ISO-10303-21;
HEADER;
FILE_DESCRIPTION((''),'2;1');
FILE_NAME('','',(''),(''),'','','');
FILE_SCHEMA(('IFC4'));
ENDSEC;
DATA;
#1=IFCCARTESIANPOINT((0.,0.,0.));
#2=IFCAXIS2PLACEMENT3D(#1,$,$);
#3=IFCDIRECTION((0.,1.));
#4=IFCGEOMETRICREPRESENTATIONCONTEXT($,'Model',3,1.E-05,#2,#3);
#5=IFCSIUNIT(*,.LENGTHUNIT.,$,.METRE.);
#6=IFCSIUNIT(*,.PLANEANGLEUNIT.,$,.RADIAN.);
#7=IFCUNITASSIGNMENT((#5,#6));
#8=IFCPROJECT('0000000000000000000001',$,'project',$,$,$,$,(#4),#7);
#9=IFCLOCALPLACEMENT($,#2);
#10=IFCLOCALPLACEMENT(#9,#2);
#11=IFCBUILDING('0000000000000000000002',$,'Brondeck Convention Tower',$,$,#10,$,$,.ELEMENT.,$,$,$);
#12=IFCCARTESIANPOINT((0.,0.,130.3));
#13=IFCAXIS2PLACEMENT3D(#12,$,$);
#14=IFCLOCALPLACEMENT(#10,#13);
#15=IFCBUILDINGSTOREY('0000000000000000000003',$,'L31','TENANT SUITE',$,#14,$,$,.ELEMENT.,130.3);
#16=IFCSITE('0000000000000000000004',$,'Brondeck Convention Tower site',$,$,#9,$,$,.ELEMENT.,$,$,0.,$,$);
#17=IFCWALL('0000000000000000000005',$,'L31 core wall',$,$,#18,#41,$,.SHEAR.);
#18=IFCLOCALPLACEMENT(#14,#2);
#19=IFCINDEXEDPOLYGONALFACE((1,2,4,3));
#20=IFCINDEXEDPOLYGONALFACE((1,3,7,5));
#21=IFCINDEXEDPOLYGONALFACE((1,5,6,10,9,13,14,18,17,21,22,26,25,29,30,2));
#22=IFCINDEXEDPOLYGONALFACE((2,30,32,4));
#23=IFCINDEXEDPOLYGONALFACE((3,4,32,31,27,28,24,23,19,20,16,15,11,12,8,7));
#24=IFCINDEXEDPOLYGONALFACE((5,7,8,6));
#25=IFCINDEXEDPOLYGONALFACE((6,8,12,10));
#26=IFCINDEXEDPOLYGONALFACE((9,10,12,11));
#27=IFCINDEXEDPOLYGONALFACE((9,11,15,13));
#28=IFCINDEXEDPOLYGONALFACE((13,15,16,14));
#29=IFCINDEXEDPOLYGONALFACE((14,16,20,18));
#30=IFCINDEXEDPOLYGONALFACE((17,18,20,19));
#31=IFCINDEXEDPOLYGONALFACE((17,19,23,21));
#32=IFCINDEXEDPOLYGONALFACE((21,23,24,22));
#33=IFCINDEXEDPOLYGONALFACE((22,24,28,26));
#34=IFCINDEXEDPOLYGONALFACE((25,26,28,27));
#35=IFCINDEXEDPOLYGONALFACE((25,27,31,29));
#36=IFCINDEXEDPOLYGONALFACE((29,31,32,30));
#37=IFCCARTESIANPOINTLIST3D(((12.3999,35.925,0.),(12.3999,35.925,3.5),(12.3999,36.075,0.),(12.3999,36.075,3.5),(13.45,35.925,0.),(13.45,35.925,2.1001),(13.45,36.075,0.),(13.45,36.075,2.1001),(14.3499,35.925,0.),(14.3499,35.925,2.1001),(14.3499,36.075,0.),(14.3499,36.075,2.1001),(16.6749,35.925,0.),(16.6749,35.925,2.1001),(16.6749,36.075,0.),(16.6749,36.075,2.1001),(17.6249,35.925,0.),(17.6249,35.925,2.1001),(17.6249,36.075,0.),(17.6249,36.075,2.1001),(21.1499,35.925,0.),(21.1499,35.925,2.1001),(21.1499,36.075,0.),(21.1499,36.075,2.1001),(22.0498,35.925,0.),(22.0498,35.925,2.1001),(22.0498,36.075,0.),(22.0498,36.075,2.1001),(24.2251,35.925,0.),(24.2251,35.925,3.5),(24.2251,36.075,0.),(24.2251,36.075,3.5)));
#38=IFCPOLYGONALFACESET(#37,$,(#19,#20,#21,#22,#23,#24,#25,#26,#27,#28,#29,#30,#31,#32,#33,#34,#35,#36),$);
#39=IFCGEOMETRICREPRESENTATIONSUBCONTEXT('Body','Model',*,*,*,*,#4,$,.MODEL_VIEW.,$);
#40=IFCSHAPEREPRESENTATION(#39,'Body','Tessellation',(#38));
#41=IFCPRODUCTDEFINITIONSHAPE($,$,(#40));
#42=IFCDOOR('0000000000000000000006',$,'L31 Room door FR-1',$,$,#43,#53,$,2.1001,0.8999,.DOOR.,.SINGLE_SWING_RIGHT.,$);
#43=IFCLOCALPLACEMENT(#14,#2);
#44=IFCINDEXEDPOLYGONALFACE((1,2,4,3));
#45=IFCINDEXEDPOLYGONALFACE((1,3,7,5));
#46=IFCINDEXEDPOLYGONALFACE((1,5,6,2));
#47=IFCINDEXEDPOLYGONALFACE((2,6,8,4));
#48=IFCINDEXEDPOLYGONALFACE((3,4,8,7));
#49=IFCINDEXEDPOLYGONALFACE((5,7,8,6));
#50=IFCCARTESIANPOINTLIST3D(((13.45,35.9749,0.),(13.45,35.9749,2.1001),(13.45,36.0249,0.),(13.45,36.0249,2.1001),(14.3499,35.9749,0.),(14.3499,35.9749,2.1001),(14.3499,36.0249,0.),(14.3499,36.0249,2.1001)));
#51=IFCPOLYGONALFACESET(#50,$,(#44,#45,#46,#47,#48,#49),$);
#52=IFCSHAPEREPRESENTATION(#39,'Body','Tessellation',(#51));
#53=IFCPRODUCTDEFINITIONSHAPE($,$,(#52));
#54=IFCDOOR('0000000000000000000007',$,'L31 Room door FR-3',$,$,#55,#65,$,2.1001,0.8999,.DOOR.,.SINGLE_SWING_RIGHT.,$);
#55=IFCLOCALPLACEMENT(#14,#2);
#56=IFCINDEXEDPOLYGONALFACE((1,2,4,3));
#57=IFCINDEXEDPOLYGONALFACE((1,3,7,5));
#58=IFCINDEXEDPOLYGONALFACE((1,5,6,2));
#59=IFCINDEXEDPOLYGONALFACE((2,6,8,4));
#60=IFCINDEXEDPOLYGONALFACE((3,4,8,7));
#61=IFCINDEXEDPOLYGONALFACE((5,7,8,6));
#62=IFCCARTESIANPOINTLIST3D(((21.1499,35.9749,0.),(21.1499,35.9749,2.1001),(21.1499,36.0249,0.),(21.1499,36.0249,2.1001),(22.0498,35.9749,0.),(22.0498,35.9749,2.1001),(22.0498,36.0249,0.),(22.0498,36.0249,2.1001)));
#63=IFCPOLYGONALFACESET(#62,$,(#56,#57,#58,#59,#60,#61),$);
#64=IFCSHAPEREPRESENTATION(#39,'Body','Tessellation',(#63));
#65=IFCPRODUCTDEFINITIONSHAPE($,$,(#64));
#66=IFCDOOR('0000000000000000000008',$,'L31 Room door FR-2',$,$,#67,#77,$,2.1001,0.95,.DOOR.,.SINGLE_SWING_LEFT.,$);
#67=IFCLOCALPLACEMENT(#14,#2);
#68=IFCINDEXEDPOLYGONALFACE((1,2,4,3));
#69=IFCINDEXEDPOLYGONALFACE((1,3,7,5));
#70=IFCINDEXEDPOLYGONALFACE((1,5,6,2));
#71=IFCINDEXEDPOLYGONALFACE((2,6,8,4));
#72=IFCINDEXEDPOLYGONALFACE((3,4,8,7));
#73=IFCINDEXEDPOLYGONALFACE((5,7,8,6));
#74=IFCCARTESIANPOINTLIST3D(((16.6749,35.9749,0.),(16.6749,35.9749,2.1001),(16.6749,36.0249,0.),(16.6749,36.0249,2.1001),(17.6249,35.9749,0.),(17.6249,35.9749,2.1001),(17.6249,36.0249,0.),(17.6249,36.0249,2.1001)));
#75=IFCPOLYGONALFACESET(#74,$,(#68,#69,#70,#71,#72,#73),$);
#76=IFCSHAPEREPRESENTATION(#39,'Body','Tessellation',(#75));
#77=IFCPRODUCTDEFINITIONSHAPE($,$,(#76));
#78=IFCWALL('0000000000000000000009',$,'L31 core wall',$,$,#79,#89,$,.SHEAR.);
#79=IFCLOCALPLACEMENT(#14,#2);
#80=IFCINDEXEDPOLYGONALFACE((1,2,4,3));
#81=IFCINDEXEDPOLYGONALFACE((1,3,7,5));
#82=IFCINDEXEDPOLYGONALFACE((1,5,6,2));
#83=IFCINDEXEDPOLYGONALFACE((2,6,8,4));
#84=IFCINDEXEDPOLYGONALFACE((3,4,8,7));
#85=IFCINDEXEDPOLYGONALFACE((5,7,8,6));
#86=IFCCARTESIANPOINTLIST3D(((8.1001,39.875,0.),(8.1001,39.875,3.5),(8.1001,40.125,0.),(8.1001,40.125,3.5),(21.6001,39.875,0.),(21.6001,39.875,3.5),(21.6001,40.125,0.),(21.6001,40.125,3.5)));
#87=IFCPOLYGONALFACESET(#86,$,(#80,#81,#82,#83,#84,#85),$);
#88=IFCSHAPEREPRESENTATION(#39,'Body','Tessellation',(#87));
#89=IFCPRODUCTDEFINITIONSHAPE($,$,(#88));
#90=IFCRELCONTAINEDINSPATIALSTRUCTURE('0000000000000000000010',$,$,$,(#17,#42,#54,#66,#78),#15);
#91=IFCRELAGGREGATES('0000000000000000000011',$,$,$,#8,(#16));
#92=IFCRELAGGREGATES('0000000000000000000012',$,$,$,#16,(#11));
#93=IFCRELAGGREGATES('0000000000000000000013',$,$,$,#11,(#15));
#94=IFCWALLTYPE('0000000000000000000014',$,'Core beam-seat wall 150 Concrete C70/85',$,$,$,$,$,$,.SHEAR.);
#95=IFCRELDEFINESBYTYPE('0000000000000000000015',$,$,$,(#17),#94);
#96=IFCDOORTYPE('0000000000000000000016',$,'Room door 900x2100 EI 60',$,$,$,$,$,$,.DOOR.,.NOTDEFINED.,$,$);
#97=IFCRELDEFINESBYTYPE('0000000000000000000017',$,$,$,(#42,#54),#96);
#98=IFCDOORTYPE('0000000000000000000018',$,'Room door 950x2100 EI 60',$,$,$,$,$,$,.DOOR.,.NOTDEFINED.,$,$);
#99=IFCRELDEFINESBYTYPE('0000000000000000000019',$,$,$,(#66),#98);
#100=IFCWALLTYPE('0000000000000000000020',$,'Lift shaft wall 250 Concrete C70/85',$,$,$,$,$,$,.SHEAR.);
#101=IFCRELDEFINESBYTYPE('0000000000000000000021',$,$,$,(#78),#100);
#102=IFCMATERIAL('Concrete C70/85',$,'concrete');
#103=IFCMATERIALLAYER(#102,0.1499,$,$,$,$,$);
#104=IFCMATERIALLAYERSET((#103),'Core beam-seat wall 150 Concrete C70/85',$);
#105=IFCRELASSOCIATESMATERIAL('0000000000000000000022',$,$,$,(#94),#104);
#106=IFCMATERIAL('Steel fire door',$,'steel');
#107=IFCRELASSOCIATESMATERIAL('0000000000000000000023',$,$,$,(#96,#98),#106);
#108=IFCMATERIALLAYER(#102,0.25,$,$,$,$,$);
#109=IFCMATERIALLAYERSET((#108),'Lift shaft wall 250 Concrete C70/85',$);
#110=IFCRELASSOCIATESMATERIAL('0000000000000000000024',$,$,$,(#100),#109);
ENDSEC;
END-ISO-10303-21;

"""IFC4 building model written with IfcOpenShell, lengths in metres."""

from ifc_helpers import new_model, si_unit, direction, frame, frame_2d, origin, place, context, subcontext, project, spatial, rectangle, extrude, material, layer, layer_set, type_object, element, fill, save


model = new_model("IFC4")

# Units and contexts
model_context = context("Model", 3, precision=1e-05, world=origin(), true_north=direction((0.0, 1.0)))
body_context = subcontext(model_context, "Body", "Model", "MODEL_VIEW")
ifc_project = project(units=[si_unit("LENGTHUNIT", "METRE"), si_unit("PLANEANGLEUNIT", "RADIAN")], contexts=[model_context])

# Site, building, storey
site_placement = place(None, origin())
site = spatial("IfcSite", under=ifc_project, at=site_placement, Name="Brondeck Convention Tower site", CompositionType="ELEMENT", RefElevation=0.0)
building_placement = place(site_placement, origin())
building = spatial("IfcBuilding", under=site, at=building_placement, Name="Brondeck Convention Tower", CompositionType="ELEMENT")
storey_placement = place(building_placement, frame((0.0, 0.0, 130.3)))
storey = spatial("IfcBuildingStorey", under=building, at=storey_placement, Name="L31", Description="TENANT SUITE", CompositionType="ELEMENT", Elevation=130.3)

# Wall, openings, doors
ifc_material_1 = material(Name="Concrete C70/85", Category="concrete")
ifc_layer_1 = layer(ifc_material_1, 0.1499)
ifc_layer_set_1 = layer_set([ifc_layer_1], Name="Core beam-seat wall 150 Concrete C70/85")
wall_type_1 = type_object("IfcWallType", Name="Core beam-seat wall 150 Concrete C70/85", PredefinedType="SHEAR", material=ifc_layer_set_1)
wall_1_placement = place(storey_placement, frame((12.3999, 36.0, 0.0), z_axis=(0.0, 0.0, 1.0), x_axis=(1.0, 0.0, 0.0)))
wall_1 = element("IfcWall", 1, at=wall_1_placement, inside=storey, type_object=wall_type_1, Name="L31 core wall", PredefinedType="SHEAR", context=body_context, shape_type="SweptSolid", body=[
    extrude(rectangle(XDim=11.8252, YDim=0.1499, at=frame_2d((5.9126, 0.0))), origin(), (0.0, 0.0, 1.0), 3.5),
])
opening_1_placement = place(wall_1_placement, frame((1.05, 0.0, 0.0)))
opening_1 = element("IfcOpeningElement", 2, at=opening_1_placement, cuts=wall_1, PredefinedType="OPENING", context=body_context, shape_type="SweptSolid", body=[
    extrude(rectangle(XDim=0.8999, YDim=2.1001, at=frame_2d((0.45, 1.05))), frame((0.0, 0.085, 0.0), z_axis=(0.0, -1.0, 0.0), x_axis=(1.0, 0.0, 0.0)), (0.0, 0.0, 1.0), 0.1699),
])
opening_2_placement = place(wall_1_placement, frame((4.2749, 0.0, 0.0)))
opening_2 = element("IfcOpeningElement", 3, at=opening_2_placement, cuts=wall_1, PredefinedType="OPENING", context=body_context, shape_type="SweptSolid", body=[
    extrude(rectangle(XDim=0.95, YDim=2.1001, at=frame_2d((0.4751, 1.05))), frame((0.0, 0.085, 0.0), z_axis=(0.0, -1.0, 0.0), x_axis=(1.0, 0.0, 0.0)), (0.0, 0.0, 1.0), 0.1699),
])
opening_3_placement = place(wall_1_placement, frame((8.75, 0.0, 0.0)))
opening_3 = element("IfcOpeningElement", 4, at=opening_3_placement, cuts=wall_1, PredefinedType="OPENING", context=body_context, shape_type="SweptSolid", body=[
    extrude(rectangle(XDim=0.8999, YDim=2.1001, at=frame_2d((0.45, 1.05))), frame((0.0, 0.085, 0.0), z_axis=(0.0, -1.0, 0.0), x_axis=(1.0, 0.0, 0.0)), (0.0, 0.0, 1.0), 0.1699),
])
ifc_material_2 = material(Name="Steel fire door", Category="steel")
door_type_1 = type_object("IfcDoorType", Name="Room door 900x2100 EI 60", OperationType="NOTDEFINED", PredefinedType="DOOR", material=ifc_material_2)
door_1_placement = place(opening_1_placement, origin())
door_1 = element("IfcDoor", 5, at=door_1_placement, inside=storey, type_object=door_type_1, Name="L31 Room door FR-1", OperationType="SINGLE_SWING_RIGHT", OverallHeight=2.1001, OverallWidth=0.8999, PredefinedType="DOOR", context=body_context, shape_type="SweptSolid", body=[
    extrude(rectangle(XDim=0.8999, YDim=2.1001, at=frame_2d((0.45, 1.05))), frame((0.0, 0.0249, 0.0), z_axis=(0.0, -1.0, 0.0), x_axis=(1.0, 0.0, 0.0)), (0.0, 0.0, 1.0), 0.05),
])
fill(opening_1, door_1)
door_2_placement = place(opening_3_placement, origin())
door_2 = element("IfcDoor", 6, at=door_2_placement, inside=storey, type_object=door_type_1, Name="L31 Room door FR-3", OperationType="SINGLE_SWING_RIGHT", OverallHeight=2.1001, OverallWidth=0.8999, PredefinedType="DOOR", context=body_context, shape_type="SweptSolid", body=[
    extrude(rectangle(XDim=0.8999, YDim=2.1001, at=frame_2d((0.45, 1.05))), frame((0.0, 0.0249, 0.0), z_axis=(0.0, -1.0, 0.0), x_axis=(1.0, 0.0, 0.0)), (0.0, 0.0, 1.0), 0.05),
])
fill(opening_3, door_2)
door_type_2 = type_object("IfcDoorType", Name="Room door 950x2100 EI 60", OperationType="NOTDEFINED", PredefinedType="DOOR", material=ifc_material_2)
door_3_placement = place(opening_2_placement, origin())
door_3 = element("IfcDoor", 7, at=door_3_placement, inside=storey, type_object=door_type_2, Name="L31 Room door FR-2", OperationType="SINGLE_SWING_LEFT", OverallHeight=2.1001, OverallWidth=0.95, PredefinedType="DOOR", context=body_context, shape_type="SweptSolid", body=[
    extrude(rectangle(XDim=0.95, YDim=2.1001, at=frame_2d((0.4751, 1.05))), frame((0.0, 0.0249, 0.0), z_axis=(0.0, -1.0, 0.0), x_axis=(1.0, 0.0, 0.0)), (0.0, 0.0, 1.0), 0.05),
])
fill(opening_2, door_3)

# Wall
ifc_layer_2 = layer(ifc_material_1, 0.25)
ifc_layer_set_2 = layer_set([ifc_layer_2], Name="Lift shaft wall 250 Concrete C70/85")
wall_type_2 = type_object("IfcWallType", Name="Lift shaft wall 250 Concrete C70/85", PredefinedType="SHEAR", material=ifc_layer_set_2)
wall_2_placement = place(storey_placement, frame((8.1001, 40.0, 0.0), z_axis=(0.0, 0.0, 1.0), x_axis=(1.0, 0.0, 0.0)))
element("IfcWall", 8, at=wall_2_placement, inside=storey, type_object=wall_type_2, Name="L31 core wall", PredefinedType="SHEAR", context=body_context, shape_type="SweptSolid", body=[
    extrude(rectangle(XDim=13.5, YDim=0.25, at=frame_2d((6.75, 0.0))), origin(), (0.0, 0.0, 1.0), 3.5),
])

save(model, "model.ifc")
